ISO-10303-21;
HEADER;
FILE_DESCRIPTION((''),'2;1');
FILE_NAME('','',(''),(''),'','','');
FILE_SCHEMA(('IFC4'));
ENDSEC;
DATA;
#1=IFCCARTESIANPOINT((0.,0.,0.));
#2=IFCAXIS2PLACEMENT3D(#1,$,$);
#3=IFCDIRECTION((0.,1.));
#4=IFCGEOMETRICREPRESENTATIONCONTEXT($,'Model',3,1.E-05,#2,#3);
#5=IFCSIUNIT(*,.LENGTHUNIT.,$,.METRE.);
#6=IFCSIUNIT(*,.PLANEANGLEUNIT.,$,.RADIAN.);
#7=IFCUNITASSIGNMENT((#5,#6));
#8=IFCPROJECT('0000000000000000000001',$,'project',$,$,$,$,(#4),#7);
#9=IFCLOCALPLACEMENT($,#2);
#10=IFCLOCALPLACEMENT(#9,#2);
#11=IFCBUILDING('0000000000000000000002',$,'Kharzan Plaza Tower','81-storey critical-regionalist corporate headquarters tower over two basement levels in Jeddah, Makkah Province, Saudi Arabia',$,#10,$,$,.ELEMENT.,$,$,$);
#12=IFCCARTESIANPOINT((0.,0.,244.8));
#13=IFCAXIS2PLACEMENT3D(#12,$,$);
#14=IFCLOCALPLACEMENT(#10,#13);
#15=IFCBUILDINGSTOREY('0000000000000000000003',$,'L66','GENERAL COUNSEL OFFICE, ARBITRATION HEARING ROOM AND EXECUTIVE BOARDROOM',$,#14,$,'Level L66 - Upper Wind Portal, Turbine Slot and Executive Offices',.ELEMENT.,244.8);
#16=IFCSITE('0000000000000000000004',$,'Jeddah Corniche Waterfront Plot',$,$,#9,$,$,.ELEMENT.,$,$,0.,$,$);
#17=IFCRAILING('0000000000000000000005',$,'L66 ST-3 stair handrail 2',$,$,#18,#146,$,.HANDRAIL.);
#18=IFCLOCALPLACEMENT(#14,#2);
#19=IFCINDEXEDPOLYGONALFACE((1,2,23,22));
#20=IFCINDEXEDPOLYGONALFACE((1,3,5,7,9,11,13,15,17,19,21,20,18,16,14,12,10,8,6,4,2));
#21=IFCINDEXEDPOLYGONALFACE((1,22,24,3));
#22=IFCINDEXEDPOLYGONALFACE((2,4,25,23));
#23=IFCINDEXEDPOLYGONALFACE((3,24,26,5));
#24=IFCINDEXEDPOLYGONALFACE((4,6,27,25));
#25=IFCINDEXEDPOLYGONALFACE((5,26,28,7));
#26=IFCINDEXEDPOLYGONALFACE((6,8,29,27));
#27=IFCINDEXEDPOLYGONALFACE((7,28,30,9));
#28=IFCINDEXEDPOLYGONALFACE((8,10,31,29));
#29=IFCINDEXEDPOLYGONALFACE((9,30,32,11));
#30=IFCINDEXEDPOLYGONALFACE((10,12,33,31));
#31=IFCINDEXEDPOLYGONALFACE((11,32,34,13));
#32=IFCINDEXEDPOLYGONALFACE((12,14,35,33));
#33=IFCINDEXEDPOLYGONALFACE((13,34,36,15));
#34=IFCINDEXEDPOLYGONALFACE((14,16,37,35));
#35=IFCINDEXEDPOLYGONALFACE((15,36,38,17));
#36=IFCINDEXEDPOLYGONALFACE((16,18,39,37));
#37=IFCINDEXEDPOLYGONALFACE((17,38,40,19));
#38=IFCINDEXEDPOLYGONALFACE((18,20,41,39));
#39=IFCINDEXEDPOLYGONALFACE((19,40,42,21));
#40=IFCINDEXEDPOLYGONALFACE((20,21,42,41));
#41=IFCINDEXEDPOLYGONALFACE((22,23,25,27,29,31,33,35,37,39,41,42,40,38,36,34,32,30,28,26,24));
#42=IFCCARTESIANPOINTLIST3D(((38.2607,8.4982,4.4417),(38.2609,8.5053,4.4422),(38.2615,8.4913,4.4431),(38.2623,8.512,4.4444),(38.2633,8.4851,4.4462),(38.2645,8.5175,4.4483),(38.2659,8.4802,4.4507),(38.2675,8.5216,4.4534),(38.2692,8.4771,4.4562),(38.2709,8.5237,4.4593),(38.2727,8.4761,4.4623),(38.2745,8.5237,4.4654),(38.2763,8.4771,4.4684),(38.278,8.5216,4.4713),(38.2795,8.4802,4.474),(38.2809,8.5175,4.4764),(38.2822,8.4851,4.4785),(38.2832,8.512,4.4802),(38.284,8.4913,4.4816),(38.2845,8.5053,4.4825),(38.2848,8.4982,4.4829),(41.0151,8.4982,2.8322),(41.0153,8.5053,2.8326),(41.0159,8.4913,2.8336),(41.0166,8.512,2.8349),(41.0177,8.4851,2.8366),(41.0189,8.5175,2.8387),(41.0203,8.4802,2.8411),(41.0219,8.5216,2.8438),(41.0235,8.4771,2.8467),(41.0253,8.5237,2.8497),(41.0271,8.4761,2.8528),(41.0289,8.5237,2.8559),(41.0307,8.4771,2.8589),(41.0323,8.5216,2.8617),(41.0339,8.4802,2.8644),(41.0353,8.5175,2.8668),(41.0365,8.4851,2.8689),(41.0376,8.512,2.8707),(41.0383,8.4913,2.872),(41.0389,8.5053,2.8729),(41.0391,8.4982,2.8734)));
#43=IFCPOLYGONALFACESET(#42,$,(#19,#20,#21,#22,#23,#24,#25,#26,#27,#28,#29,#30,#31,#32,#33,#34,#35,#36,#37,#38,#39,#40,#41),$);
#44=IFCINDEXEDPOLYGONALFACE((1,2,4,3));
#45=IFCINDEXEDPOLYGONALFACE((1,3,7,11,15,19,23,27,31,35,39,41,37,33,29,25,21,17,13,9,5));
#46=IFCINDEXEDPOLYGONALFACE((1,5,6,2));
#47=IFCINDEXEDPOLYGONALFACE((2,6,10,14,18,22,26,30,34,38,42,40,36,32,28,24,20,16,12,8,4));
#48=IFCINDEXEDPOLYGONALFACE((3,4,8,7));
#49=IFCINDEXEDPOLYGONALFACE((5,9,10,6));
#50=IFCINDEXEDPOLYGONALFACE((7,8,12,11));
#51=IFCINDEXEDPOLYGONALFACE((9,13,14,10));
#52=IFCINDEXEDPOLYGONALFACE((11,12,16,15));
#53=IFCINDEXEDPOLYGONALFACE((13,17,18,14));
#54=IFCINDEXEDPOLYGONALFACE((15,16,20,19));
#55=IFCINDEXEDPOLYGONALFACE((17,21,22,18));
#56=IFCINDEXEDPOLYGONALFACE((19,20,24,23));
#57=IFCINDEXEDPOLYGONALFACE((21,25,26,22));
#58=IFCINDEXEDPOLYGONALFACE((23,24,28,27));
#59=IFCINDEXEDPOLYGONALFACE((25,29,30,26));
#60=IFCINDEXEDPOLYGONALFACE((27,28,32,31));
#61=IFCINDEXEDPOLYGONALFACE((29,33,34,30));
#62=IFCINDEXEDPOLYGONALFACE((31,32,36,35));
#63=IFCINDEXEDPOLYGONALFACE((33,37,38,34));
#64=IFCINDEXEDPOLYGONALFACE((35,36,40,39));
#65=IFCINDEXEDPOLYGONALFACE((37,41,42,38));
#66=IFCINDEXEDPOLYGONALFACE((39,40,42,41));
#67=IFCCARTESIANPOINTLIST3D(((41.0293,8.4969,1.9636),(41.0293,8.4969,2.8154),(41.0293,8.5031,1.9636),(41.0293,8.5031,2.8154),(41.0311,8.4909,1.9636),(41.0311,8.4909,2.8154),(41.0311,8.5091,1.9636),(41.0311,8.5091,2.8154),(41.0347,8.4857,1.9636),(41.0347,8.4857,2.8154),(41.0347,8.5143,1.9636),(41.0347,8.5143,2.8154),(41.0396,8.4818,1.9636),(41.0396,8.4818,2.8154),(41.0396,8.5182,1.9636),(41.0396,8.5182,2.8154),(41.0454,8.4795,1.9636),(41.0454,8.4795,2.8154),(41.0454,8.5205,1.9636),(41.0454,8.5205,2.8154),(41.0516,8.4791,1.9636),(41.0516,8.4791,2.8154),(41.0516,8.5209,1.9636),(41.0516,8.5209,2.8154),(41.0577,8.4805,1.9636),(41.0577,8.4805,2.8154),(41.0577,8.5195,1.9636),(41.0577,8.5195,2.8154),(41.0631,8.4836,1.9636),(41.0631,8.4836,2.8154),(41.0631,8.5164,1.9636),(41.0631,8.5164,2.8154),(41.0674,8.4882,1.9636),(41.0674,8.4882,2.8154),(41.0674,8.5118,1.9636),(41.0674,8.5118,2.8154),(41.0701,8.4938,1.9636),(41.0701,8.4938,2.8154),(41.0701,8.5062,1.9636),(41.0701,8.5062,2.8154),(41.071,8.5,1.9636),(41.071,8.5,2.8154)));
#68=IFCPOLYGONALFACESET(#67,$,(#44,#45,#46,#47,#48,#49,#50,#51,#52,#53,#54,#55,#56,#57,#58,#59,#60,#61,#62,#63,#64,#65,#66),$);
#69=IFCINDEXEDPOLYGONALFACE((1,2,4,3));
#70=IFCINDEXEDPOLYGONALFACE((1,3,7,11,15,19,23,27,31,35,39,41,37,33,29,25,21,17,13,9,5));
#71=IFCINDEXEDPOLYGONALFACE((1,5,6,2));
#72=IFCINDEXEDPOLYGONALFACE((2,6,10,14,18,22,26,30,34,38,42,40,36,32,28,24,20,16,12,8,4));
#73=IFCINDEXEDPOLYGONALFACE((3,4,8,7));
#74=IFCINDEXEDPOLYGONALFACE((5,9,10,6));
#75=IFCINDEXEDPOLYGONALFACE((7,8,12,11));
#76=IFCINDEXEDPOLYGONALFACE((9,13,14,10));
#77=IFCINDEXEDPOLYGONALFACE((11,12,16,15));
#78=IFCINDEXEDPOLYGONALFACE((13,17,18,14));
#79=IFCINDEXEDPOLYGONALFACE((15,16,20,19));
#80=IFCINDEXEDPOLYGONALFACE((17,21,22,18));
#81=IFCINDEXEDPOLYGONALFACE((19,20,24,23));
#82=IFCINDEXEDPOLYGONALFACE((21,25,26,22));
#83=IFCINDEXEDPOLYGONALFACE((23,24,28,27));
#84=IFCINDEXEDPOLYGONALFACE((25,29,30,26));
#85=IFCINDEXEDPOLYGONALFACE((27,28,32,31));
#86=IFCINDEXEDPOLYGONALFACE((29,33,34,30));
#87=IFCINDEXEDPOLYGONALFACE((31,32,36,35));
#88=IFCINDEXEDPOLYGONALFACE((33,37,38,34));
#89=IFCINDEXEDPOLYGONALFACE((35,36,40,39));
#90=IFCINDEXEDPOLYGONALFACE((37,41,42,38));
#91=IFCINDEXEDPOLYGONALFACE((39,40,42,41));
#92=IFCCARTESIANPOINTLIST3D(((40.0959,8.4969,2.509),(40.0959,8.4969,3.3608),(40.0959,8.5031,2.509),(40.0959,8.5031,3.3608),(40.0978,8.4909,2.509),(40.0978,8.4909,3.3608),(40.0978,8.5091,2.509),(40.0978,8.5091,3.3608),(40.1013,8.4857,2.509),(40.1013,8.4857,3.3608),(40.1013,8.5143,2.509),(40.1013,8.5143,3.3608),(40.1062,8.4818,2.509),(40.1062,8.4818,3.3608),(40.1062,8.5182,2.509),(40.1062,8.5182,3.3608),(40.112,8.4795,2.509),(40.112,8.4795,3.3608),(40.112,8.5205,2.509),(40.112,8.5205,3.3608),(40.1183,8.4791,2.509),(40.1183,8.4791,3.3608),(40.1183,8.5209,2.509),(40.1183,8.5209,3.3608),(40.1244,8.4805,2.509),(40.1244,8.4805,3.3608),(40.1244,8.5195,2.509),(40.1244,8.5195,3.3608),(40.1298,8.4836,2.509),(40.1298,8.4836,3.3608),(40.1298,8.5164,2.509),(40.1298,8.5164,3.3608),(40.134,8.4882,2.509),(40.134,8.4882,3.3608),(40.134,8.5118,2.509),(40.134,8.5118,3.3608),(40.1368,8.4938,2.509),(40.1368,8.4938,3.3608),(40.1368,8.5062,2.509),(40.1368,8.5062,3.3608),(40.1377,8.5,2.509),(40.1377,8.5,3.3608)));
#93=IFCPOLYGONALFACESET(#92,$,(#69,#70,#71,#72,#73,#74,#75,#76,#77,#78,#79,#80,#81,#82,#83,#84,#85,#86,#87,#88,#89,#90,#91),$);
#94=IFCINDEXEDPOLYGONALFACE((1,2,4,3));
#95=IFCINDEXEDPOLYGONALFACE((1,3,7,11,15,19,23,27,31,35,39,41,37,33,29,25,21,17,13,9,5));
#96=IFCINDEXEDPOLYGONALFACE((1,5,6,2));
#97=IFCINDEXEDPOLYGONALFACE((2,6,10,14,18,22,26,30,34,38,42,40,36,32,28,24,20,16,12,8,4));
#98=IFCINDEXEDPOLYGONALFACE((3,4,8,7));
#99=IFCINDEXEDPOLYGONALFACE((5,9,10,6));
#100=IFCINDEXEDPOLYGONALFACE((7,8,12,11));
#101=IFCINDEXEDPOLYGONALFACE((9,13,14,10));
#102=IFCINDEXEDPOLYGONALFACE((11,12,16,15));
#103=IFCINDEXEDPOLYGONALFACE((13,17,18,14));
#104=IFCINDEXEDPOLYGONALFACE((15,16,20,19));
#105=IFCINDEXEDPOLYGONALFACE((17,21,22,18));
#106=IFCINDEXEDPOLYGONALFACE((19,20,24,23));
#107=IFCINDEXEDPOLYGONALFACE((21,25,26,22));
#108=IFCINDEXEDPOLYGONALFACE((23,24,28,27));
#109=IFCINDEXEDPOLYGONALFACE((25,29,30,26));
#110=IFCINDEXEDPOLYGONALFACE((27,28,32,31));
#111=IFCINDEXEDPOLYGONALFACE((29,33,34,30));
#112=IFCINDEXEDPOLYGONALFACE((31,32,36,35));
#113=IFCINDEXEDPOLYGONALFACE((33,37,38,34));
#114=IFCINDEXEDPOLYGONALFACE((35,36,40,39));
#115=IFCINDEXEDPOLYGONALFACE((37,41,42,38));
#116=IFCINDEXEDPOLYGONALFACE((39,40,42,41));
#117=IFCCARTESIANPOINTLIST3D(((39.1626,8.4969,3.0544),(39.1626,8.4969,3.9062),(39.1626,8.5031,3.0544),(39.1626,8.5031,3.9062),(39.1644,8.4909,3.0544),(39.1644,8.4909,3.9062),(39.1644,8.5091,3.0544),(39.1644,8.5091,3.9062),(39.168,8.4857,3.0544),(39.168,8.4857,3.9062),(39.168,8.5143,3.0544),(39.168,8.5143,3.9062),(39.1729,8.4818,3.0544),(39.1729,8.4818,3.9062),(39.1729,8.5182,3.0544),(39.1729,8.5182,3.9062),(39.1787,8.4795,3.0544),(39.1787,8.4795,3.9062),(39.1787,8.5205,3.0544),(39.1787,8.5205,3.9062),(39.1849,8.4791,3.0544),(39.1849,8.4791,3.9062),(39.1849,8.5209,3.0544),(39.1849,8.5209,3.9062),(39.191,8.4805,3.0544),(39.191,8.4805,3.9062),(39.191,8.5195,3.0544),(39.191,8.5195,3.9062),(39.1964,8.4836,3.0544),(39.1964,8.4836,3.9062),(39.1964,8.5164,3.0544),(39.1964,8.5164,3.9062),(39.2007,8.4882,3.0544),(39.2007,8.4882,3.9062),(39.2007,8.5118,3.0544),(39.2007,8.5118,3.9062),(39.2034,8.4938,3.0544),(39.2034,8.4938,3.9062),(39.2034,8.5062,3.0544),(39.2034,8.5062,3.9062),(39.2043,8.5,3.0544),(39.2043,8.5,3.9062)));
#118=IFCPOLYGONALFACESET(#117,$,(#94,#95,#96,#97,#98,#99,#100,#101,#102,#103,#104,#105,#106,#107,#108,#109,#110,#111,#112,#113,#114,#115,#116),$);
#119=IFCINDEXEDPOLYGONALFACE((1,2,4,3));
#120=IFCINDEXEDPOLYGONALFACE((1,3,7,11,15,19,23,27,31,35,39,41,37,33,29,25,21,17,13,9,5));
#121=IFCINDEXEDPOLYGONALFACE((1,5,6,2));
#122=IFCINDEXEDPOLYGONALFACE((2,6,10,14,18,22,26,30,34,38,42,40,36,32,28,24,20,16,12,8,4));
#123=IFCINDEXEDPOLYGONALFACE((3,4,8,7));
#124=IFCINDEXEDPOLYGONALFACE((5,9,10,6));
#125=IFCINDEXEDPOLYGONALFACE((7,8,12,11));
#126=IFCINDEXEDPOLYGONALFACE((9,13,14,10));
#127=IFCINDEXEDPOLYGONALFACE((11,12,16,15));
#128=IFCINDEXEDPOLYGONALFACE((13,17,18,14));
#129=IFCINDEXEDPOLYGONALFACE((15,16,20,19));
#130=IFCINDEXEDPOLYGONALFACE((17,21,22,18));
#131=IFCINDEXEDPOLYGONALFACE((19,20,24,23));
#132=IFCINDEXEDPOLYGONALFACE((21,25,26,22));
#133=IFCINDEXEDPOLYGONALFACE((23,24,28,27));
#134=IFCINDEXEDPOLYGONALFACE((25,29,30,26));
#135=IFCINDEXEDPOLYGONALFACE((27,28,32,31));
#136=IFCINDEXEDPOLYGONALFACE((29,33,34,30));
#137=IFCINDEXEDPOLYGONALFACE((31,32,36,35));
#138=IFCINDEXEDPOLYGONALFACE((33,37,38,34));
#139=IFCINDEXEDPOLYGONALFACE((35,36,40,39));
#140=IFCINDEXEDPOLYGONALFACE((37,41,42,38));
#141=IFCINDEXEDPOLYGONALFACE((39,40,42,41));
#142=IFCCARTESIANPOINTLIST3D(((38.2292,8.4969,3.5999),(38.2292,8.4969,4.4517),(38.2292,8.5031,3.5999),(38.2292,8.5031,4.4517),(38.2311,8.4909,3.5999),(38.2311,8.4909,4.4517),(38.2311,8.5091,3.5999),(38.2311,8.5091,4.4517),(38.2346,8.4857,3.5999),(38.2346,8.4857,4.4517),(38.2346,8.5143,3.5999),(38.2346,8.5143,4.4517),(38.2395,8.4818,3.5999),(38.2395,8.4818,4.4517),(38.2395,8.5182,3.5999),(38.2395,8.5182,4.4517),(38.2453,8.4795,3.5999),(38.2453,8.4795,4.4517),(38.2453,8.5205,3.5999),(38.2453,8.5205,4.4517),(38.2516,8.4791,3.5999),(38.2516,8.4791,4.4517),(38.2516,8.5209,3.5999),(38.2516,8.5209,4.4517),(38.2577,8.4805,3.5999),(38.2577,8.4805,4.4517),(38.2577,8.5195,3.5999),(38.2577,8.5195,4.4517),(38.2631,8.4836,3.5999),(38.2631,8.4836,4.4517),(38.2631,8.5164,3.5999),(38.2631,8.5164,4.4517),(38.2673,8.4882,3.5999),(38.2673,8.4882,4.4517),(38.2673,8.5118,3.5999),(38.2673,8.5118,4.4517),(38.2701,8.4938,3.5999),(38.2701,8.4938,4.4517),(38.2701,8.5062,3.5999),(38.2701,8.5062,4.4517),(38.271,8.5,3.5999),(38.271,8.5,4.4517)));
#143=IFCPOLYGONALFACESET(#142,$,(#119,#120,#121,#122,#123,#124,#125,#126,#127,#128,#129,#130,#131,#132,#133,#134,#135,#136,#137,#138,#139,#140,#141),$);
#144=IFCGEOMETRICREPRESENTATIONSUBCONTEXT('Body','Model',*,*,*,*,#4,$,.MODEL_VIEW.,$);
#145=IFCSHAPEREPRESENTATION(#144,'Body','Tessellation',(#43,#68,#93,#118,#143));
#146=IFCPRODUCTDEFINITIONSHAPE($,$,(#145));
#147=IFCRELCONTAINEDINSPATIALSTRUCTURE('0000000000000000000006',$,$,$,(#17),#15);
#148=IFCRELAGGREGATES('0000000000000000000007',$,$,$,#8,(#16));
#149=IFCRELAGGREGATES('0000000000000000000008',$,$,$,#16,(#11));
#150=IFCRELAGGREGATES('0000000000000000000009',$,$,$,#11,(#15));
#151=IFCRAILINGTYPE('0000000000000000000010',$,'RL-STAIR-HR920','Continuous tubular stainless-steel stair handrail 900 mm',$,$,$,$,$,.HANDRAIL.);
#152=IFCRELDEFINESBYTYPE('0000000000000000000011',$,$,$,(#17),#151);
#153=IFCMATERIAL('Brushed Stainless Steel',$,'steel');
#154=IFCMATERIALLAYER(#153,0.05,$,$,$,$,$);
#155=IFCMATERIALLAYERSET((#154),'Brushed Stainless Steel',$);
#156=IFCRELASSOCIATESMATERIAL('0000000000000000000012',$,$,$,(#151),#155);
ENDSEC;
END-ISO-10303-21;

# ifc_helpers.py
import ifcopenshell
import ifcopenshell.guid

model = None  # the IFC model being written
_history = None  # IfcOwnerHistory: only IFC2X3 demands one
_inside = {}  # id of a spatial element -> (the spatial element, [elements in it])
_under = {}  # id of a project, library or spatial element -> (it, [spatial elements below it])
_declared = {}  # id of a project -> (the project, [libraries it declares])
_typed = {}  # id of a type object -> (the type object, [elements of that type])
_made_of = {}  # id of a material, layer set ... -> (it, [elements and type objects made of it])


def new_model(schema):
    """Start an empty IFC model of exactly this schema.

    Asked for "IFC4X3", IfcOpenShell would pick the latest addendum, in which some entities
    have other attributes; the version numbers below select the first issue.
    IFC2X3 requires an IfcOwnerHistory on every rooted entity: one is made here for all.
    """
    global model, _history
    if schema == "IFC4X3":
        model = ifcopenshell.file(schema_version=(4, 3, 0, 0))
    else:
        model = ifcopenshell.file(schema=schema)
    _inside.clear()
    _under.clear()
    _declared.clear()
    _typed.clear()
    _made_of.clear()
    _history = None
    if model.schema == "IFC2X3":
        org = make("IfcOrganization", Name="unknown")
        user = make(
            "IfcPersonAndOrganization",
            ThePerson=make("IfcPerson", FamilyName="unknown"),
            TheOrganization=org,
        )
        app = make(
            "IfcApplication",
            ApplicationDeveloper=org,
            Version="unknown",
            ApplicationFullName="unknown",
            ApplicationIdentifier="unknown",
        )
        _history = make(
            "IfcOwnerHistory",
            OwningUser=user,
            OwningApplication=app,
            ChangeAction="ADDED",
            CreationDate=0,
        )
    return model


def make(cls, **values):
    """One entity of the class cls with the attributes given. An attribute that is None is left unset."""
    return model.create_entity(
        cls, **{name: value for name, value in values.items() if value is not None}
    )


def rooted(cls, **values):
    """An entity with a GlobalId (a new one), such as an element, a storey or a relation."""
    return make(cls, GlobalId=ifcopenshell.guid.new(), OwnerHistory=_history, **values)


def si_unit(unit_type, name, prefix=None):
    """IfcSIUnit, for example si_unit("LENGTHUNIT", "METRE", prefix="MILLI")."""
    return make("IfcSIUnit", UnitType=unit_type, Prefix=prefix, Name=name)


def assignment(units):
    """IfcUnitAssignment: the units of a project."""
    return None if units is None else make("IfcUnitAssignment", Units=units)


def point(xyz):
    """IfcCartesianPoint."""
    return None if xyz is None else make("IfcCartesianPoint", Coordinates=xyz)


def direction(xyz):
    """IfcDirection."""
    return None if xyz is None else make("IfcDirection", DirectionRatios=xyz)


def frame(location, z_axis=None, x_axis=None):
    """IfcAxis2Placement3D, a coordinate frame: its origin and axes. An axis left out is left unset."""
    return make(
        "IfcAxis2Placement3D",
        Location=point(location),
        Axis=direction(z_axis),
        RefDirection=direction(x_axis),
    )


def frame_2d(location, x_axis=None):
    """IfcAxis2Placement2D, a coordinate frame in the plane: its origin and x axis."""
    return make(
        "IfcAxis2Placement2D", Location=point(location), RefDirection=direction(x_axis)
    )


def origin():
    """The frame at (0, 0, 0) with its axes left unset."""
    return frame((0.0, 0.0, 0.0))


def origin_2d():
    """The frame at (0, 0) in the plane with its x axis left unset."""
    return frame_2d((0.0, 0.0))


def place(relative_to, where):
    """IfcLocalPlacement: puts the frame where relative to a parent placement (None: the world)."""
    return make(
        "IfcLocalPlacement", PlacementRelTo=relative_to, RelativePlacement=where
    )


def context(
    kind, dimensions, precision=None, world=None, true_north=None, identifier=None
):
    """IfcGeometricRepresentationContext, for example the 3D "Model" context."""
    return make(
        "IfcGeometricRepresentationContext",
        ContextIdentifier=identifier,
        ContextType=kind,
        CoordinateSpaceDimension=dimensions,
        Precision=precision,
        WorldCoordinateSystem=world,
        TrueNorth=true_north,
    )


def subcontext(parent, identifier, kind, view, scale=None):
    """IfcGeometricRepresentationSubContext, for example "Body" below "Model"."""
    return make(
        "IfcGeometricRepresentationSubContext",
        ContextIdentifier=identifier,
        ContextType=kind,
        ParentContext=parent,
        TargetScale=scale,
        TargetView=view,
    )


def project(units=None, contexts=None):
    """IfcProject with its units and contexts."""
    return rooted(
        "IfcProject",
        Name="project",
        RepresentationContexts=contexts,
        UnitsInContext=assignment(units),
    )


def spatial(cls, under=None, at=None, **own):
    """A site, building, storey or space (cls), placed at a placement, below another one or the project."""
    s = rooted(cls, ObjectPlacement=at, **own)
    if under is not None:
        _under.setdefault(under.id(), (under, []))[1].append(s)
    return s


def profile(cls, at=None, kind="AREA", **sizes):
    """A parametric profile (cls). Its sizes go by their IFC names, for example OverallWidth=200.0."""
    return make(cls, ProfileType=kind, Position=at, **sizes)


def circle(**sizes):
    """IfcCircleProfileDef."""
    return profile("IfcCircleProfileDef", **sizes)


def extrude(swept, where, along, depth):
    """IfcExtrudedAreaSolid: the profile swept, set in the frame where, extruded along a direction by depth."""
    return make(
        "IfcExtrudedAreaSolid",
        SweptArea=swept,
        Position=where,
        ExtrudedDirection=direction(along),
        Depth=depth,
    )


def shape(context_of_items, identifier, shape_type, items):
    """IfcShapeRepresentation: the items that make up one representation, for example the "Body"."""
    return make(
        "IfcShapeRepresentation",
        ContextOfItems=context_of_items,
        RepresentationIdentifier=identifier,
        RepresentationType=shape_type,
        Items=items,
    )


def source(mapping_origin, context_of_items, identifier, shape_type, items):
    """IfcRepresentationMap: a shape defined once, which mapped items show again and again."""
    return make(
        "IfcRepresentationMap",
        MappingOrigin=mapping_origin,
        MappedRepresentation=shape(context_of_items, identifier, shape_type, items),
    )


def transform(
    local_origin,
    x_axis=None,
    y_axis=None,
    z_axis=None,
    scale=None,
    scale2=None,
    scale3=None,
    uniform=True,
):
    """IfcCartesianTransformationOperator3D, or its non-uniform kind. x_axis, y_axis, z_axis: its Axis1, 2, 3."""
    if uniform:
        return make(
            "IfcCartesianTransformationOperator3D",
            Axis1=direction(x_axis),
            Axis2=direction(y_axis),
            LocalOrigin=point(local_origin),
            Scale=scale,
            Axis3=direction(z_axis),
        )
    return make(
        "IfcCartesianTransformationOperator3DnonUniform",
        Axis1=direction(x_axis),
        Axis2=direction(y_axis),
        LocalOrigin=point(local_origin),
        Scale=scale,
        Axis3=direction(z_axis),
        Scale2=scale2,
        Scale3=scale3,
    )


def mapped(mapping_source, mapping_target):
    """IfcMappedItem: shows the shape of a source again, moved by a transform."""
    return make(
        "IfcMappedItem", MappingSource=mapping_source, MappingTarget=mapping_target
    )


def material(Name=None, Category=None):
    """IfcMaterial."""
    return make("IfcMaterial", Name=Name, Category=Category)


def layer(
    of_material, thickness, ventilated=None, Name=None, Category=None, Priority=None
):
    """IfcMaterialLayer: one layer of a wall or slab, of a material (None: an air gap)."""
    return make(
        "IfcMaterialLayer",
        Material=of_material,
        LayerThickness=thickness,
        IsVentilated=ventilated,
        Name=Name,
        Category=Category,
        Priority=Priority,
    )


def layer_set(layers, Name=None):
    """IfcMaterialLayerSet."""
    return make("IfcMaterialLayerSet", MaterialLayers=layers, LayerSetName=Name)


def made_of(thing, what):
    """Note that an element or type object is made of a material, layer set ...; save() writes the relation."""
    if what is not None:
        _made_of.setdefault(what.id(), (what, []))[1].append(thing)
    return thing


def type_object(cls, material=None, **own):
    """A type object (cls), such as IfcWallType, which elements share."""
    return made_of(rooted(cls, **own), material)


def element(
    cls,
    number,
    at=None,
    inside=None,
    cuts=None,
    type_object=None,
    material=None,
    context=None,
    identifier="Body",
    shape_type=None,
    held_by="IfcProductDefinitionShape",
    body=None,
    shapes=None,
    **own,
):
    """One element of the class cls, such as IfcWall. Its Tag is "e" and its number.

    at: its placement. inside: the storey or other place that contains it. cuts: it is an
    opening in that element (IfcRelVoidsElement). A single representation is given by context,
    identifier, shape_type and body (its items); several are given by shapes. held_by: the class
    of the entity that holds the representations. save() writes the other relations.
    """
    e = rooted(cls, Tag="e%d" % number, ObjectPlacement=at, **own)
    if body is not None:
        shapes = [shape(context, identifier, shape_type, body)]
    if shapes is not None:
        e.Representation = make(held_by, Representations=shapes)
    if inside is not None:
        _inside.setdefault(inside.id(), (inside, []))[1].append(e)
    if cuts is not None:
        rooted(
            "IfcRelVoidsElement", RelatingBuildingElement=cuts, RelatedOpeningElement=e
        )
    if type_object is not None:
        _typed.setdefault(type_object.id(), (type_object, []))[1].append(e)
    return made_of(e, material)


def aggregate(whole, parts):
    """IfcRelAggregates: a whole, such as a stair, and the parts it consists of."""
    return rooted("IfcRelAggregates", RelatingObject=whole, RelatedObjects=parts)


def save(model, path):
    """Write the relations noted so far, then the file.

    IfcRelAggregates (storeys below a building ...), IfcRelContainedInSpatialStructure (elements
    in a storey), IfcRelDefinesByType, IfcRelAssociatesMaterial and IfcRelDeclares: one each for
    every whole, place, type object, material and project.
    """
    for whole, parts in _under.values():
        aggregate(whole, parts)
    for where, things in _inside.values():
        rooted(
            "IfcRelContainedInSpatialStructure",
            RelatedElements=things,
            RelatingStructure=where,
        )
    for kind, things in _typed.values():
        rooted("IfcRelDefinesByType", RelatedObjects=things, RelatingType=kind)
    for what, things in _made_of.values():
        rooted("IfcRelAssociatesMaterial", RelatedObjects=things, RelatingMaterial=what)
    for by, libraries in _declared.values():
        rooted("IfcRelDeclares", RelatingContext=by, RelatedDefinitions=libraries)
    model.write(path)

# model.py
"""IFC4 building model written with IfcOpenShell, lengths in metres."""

from ifc_helpers import new_model, si_unit, direction, frame, origin, origin_2d, place, context, subcontext, project, spatial, circle, extrude, source, transform, mapped, material, layer, layer_set, type_object, element, save


model = new_model("IFC4")

# Units and contexts
model_context = context("Model", 3, precision=1e-05, world=origin(), true_north=direction((0.0, 1.0)))
body_context = subcontext(model_context, "Body", "Model", "MODEL_VIEW")
ifc_project = project(units=[si_unit("LENGTHUNIT", "METRE"), si_unit("PLANEANGLEUNIT", "RADIAN")], contexts=[model_context])

# Site, building, storey
site_placement = place(None, origin())
site = spatial("IfcSite", under=ifc_project, at=site_placement, Name="Jeddah Corniche Waterfront Plot", CompositionType="ELEMENT", RefElevation=0.0)
building_placement = place(site_placement, origin())
building = spatial("IfcBuilding", under=site, at=building_placement, Name="Kharzan Plaza Tower", Description="81-storey critical-regionalist corporate headquarters tower over two basement levels in Jeddah, Makkah Province, Saudi Arabia", CompositionType="ELEMENT")
storey_placement = place(building_placement, frame((0.0, 0.0, 244.8)))
storey = spatial("IfcBuildingStorey", under=building, at=storey_placement, Name="L66", Description="GENERAL COUNSEL OFFICE, ARBITRATION HEARING ROOM AND EXECUTIVE BOARDROOM", LongName="Level L66 - Upper Wind Portal, Turbine Slot and Executive Offices", CompositionType="ELEMENT", Elevation=244.8)

# Shared definitions
ifc_material_1 = material(Name="Brushed Stainless Steel", Category="steel")

# Railing
ifc_layer_1 = layer(ifc_material_1, 0.05)
ifc_layer_set_1 = layer_set([ifc_layer_1], Name="Brushed Stainless Steel")
railing_type_1 = type_object("IfcRailingType", Name="RL-STAIR-HR920", Description="Continuous tubular stainless-steel stair handrail 900 mm", PredefinedType="HANDRAIL", material=ifc_layer_set_1)
shared_shape_1 = source(origin(), body_context, "Body", "SweptSolid", [
    extrude(circle(Radius=0.0239, at=origin_2d()), frame((-0.0229, 0.0, 0.8892), z_axis=(-0.863394, 0.0, 0.504531), x_axis=(0.0, -1.0, 0.0)), (0.0, 0.0, 1.0), 3.1902),
    extrude(circle(Radius=0.021, at=origin_2d()), origin(), (0.0, 0.0, 1.0), 0.8518),
    extrude(circle(Radius=0.021, at=origin_2d()), frame((-0.9333, 0.0, 0.5454)), (0.0, 0.0, 1.0), 0.8518),
    extrude(circle(Radius=0.021, at=origin_2d()), frame((-1.8667, 0.0, 1.0908)), (0.0, 0.0, 1.0), 0.8518),
    extrude(circle(Radius=0.021, at=origin_2d()), frame((-2.8, 0.0, 1.6362)), (0.0, 0.0, 1.0), 0.8518),
])
railing_1_placement = place(storey_placement, frame((41.05, 8.5, 1.9636)))
element("IfcRailing", 1, at=railing_1_placement, inside=storey, type_object=railing_type_1, Name="L66 ST-3 stair handrail 2", PredefinedType="HANDRAIL", context=body_context, shape_type="MappedRepresentation", body=[
    mapped(shared_shape_1, transform((0.0, 0.0, 0.0), x_axis=(1.0, 0.0, 0.0), y_axis=(0.0, 1.0, 0.0), z_axis=(0.0, 0.0, 1.0))),
])

save(model, "model.ifc")
